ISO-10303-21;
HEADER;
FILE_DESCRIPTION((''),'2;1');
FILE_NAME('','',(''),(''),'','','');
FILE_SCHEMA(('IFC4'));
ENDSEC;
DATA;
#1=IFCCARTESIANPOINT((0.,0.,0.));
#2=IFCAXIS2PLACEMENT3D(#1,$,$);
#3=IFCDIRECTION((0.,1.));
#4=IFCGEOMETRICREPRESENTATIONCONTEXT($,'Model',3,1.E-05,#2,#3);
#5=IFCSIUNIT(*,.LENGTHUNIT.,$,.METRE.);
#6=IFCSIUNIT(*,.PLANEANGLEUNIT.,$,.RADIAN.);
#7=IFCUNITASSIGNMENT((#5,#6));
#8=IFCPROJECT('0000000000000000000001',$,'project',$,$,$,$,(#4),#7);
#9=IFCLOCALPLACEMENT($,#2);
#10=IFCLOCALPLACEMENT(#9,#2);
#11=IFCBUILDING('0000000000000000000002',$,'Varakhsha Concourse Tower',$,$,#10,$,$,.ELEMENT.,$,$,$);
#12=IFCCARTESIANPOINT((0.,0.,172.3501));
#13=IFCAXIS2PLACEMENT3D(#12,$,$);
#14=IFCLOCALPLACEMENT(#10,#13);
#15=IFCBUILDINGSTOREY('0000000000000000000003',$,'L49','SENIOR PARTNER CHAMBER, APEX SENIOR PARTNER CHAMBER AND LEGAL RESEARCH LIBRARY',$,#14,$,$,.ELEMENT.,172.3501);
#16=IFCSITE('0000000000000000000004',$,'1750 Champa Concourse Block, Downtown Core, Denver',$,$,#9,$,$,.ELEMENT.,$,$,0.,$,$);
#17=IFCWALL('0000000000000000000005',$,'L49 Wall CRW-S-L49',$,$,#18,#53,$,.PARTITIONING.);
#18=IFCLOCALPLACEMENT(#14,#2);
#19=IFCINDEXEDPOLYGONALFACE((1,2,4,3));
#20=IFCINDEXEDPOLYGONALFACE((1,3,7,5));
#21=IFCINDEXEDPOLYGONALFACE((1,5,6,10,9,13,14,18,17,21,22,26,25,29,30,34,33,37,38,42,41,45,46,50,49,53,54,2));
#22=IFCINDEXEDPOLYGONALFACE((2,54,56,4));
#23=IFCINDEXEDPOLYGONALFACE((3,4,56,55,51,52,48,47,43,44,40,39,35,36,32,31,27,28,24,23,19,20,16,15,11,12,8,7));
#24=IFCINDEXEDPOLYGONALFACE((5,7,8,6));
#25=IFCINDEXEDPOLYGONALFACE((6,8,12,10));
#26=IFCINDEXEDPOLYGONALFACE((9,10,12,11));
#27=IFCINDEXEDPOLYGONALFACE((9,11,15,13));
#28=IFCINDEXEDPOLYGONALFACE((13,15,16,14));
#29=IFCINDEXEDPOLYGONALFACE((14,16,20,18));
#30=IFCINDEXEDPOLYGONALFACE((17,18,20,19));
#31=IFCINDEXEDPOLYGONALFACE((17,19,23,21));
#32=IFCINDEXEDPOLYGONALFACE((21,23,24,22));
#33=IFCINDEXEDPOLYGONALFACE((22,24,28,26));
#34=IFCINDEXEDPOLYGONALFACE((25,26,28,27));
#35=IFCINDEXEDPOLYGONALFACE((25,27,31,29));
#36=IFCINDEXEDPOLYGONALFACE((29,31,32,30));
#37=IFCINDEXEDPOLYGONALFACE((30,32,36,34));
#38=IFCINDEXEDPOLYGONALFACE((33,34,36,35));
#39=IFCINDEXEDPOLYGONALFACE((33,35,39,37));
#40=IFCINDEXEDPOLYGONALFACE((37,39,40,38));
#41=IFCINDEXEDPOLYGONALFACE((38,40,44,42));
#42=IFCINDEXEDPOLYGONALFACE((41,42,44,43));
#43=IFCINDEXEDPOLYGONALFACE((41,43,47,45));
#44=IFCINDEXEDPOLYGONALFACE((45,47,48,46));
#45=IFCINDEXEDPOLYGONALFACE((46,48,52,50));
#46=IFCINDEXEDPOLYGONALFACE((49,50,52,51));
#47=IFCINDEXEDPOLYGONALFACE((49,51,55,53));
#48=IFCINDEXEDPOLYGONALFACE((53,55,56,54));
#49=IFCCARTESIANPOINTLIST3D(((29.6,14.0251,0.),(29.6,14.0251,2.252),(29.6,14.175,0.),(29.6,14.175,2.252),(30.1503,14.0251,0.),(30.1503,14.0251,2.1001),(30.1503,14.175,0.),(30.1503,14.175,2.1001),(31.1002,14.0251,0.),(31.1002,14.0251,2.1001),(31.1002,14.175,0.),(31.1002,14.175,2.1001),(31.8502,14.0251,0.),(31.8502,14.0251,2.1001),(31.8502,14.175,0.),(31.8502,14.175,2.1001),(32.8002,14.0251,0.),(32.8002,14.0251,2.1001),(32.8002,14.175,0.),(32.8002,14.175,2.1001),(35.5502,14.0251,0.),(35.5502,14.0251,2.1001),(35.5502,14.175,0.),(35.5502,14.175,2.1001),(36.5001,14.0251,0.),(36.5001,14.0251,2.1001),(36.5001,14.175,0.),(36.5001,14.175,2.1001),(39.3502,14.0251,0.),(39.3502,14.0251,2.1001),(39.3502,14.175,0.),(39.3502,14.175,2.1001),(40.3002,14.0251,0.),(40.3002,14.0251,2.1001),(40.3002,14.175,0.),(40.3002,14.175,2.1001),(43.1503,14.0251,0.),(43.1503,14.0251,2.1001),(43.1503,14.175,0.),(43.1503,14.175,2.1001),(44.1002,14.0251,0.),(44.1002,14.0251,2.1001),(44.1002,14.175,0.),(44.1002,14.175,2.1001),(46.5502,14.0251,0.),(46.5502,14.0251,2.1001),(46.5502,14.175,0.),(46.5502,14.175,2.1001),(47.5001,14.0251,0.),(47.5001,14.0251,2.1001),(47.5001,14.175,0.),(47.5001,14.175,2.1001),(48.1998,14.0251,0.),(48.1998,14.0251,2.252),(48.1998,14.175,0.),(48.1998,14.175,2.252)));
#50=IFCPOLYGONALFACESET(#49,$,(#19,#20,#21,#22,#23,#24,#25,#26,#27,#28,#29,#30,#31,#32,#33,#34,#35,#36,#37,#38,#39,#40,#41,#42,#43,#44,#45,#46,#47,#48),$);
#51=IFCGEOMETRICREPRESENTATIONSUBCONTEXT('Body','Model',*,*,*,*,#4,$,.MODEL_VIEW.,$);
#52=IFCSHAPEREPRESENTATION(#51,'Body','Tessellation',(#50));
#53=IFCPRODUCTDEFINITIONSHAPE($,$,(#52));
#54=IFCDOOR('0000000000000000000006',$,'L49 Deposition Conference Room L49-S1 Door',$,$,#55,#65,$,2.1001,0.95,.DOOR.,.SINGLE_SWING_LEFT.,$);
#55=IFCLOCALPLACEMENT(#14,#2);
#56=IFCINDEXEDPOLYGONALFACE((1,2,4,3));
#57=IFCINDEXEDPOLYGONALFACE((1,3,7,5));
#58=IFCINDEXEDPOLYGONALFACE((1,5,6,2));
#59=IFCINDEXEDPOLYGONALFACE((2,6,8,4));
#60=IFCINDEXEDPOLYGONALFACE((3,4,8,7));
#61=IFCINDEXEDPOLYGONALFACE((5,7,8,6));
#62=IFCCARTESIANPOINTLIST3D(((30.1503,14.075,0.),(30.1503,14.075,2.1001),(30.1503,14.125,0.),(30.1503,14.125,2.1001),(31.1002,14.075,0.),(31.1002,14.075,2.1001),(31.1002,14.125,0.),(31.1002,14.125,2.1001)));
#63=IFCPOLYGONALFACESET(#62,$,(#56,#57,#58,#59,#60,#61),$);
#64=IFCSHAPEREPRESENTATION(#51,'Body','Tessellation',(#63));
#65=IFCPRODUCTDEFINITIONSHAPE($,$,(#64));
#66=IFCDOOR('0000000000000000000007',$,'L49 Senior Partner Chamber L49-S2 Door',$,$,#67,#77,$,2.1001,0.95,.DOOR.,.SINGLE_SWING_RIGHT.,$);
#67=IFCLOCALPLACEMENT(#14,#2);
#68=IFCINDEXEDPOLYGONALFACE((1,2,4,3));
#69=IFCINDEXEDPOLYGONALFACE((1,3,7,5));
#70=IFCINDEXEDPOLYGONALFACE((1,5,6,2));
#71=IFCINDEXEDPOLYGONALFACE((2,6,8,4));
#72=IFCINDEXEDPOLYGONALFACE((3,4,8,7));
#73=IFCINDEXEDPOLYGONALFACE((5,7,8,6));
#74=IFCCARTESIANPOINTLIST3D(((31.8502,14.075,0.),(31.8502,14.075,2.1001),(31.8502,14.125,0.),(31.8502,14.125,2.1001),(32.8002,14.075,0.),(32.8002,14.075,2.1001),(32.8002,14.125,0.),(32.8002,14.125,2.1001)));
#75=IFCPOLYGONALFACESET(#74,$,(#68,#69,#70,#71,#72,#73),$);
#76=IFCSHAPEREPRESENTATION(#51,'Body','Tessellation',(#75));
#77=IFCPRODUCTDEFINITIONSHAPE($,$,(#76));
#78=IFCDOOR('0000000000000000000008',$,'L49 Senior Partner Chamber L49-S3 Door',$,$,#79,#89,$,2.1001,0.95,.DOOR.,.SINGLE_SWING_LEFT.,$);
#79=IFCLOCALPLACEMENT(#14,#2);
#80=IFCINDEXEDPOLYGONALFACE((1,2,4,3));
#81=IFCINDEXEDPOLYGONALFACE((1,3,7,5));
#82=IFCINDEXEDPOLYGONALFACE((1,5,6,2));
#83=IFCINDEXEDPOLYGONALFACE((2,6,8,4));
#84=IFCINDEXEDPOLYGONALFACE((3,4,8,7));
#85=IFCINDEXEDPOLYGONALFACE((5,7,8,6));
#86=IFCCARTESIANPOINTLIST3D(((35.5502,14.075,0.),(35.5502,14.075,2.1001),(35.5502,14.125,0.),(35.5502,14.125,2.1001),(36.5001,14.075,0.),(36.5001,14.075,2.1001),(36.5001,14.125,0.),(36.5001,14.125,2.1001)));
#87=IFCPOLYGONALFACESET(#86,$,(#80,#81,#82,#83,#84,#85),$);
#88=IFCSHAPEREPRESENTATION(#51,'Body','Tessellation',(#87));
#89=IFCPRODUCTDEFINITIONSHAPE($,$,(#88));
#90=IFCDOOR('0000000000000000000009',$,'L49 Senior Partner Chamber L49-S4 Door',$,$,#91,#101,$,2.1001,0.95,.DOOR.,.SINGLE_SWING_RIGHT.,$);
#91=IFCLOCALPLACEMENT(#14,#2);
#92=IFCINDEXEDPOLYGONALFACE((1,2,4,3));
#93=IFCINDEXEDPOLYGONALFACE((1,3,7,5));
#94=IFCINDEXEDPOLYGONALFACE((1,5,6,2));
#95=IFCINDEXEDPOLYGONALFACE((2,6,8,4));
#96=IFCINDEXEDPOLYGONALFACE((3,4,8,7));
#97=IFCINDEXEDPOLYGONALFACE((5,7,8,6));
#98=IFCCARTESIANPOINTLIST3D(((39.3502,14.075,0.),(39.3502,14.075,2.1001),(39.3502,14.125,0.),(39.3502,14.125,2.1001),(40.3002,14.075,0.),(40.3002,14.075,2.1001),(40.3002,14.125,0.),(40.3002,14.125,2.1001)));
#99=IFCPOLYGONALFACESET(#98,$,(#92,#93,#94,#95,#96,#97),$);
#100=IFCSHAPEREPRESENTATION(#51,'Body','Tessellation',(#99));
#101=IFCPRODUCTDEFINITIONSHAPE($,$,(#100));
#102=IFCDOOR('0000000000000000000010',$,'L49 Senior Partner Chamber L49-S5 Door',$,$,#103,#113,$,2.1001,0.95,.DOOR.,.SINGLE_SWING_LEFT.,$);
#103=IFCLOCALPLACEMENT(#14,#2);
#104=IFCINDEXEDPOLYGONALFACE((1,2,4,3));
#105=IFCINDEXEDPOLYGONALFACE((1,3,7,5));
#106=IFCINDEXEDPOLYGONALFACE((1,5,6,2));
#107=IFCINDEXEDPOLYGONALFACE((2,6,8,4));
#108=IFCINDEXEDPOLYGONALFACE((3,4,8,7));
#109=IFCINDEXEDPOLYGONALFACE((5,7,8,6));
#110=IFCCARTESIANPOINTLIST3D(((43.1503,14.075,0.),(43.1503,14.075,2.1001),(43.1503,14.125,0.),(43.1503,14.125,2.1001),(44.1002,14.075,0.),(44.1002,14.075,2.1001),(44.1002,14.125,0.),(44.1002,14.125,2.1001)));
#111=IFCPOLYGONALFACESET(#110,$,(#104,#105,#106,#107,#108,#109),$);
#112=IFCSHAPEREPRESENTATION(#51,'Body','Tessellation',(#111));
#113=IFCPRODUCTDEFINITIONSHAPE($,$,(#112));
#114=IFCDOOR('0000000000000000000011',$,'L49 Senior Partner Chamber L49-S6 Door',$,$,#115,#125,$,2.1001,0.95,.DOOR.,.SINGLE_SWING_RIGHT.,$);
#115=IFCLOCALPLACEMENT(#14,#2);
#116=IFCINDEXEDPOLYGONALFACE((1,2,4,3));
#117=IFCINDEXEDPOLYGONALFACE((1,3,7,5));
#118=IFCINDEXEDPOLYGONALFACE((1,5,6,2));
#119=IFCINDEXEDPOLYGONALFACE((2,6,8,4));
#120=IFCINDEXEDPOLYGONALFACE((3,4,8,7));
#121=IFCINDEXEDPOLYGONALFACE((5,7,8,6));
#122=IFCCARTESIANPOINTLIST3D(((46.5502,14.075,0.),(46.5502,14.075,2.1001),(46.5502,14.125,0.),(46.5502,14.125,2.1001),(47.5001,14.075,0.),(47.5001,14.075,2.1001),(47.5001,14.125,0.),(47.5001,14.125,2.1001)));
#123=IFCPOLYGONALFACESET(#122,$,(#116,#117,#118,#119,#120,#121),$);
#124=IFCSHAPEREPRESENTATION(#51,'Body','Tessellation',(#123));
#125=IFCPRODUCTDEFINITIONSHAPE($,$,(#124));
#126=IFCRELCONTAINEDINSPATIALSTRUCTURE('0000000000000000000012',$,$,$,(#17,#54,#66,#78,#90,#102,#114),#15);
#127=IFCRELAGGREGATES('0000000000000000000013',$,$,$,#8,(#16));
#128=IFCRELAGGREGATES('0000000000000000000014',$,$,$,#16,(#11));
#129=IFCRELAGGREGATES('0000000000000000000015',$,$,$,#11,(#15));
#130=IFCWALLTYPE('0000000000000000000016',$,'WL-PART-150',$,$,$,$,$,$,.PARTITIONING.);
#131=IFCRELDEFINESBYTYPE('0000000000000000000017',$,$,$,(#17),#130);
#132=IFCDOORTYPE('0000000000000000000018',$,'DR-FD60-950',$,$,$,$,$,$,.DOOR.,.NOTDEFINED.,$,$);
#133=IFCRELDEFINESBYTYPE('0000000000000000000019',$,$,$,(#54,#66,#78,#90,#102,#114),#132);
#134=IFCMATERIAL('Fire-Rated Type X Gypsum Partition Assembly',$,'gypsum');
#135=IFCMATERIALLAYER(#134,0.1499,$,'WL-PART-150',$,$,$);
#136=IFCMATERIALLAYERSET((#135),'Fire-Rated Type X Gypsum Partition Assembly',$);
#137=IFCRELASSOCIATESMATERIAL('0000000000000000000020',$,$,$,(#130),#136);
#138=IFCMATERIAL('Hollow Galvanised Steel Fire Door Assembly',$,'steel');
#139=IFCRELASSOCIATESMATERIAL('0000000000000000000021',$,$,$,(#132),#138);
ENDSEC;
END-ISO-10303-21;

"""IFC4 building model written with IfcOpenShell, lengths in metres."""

from ifc_helpers import new_model, si_unit, direction, frame, frame_2d, origin, place, context, subcontext, project, spatial, rectangle, extrude, material, layer, layer_set, type_object, element, fill, save


model = new_model("IFC4")

# Units and contexts
model_context = context("Model", 3, precision=1e-05, world=origin(), true_north=direction((0.0, 1.0)))
body_context = subcontext(model_context, "Body", "Model", "MODEL_VIEW")
ifc_project = project(units=[si_unit("LENGTHUNIT", "METRE"), si_unit("PLANEANGLEUNIT", "RADIAN")], contexts=[model_context])

# Site, building, storey
site_placement = place(None, origin())
site = spatial("IfcSite", under=ifc_project, at=site_placement, Name="1750 Champa Concourse Block, Downtown Core, Denver", CompositionType="ELEMENT", RefElevation=0.0)
building_placement = place(site_placement, origin())
building = spatial("IfcBuilding", under=site, at=building_placement, Name="Varakhsha Concourse Tower", CompositionType="ELEMENT")
storey_placement = place(building_placement, frame((0.0, 0.0, 172.3501)))
storey = spatial("IfcBuildingStorey", under=building, at=storey_placement, Name="L49", Description="SENIOR PARTNER CHAMBER, APEX SENIOR PARTNER CHAMBER AND LEGAL RESEARCH LIBRARY", CompositionType="ELEMENT", Elevation=172.3501)

# Wall, openings, doors
ifc_material_1 = material(Name="Fire-Rated Type X Gypsum Partition Assembly", Category="gypsum")
ifc_layer_1 = layer(ifc_material_1, 0.1499, Name="WL-PART-150")
ifc_layer_set_1 = layer_set([ifc_layer_1], Name="Fire-Rated Type X Gypsum Partition Assembly")
wall_type = type_object("IfcWallType", Name="WL-PART-150", PredefinedType="PARTITIONING", material=ifc_layer_set_1)
wall_1_placement = place(storey_placement, frame((29.6001, 14.1001, 0.0), z_axis=(0.0, 0.0, 1.0), x_axis=(1.0, 0.0, 0.0)))
wall_1 = element("IfcWall", 1, at=wall_1_placement, inside=storey, type_object=wall_type, Name="L49 Wall CRW-S-L49", PredefinedType="PARTITIONING", context=body_context, shape_type="SweptSolid", body=[
    extrude(rectangle(XDim=18.5999, YDim=0.1499, at=frame_2d((9.2998, 0.0))), origin(), (0.0, 0.0, 1.0), 2.252),
])
opening_1_placement = place(wall_1_placement, frame((0.55, 0.0, 0.0)))
opening_1 = element("IfcOpeningElement", 2, at=opening_1_placement, cuts=wall_1, PredefinedType="OPENING", context=body_context, shape_type="SweptSolid", body=[
    extrude(rectangle(XDim=0.95, YDim=2.1001, at=frame_2d((0.4751, 1.05))), frame((0.0, 0.085, 0.0), z_axis=(0.0, -1.0, 0.0), x_axis=(1.0, 0.0, 0.0)), (0.0, 0.0, 1.0), 0.1699),
])
opening_2_placement = place(wall_1_placement, frame((2.25, 0.0, 0.0)))
opening_2 = element("IfcOpeningElement", 3, at=opening_2_placement, cuts=wall_1, PredefinedType="OPENING", context=body_context, shape_type="SweptSolid", body=[
    extrude(rectangle(XDim=0.95, YDim=2.1001, at=frame_2d((0.4751, 1.05))), frame((0.0, 0.085, 0.0), z_axis=(0.0, -1.0, 0.0), x_axis=(1.0, 0.0, 0.0)), (0.0, 0.0, 1.0), 0.1699),
])
opening_3_placement = place(wall_1_placement, frame((5.95, 0.0, 0.0)))
opening_3 = element("IfcOpeningElement", 4, at=opening_3_placement, cuts=wall_1, PredefinedType="OPENING", context=body_context, shape_type="SweptSolid", body=[
    extrude(rectangle(XDim=0.95, YDim=2.1001, at=frame_2d((0.4751, 1.05))), frame((0.0, 0.085, 0.0), z_axis=(0.0, -1.0, 0.0), x_axis=(1.0, 0.0, 0.0)), (0.0, 0.0, 1.0), 0.1699),
])
opening_4_placement = place(wall_1_placement, frame((9.75, 0.0, 0.0)))
opening_4 = element("IfcOpeningElement", 5, at=opening_4_placement, cuts=wall_1, PredefinedType="OPENING", context=body_context, shape_type="SweptSolid", body=[
    extrude(rectangle(XDim=0.95, YDim=2.1001, at=frame_2d((0.4751, 1.05))), frame((0.0, 0.085, 0.0), z_axis=(0.0, -1.0, 0.0), x_axis=(1.0, 0.0, 0.0)), (0.0, 0.0, 1.0), 0.1699),
])
opening_5_placement = place(wall_1_placement, frame((13.55, 0.0, 0.0)))
opening_5 = element("IfcOpeningElement", 6, at=opening_5_placement, cuts=wall_1, PredefinedType="OPENING", context=body_context, shape_type="SweptSolid", body=[
    extrude(rectangle(XDim=0.95, YDim=2.1001, at=frame_2d((0.4751, 1.05))), frame((0.0, 0.085, 0.0), z_axis=(0.0, -1.0, 0.0), x_axis=(1.0, 0.0, 0.0)), (0.0, 0.0, 1.0), 0.1699),
])
opening_6_placement = place(wall_1_placement, frame((16.95, 0.0, 0.0)))
opening_6 = element("IfcOpeningElement", 7, at=opening_6_placement, cuts=wall_1, PredefinedType="OPENING", context=body_context, shape_type="SweptSolid", body=[
    extrude(rectangle(XDim=0.95, YDim=2.1001, at=frame_2d((0.4751, 1.05))), frame((0.0, 0.085, 0.0), z_axis=(0.0, -1.0, 0.0), x_axis=(1.0, 0.0, 0.0)), (0.0, 0.0, 1.0), 0.1699),
])
ifc_material_2 = material(Name="Hollow Galvanised Steel Fire Door Assembly", Category="steel")
door_type_1 = type_object("IfcDoorType", Name="DR-FD60-950", OperationType="NOTDEFINED", PredefinedType="DOOR", material=ifc_material_2)
door_1_placement = place(opening_1_placement, origin())
door_1 = element("IfcDoor", 8, at=door_1_placement, inside=storey, type_object=door_type_1, Name="L49 Deposition Conference Room L49-S1 Door", OperationType="SINGLE_SWING_LEFT", OverallHeight=2.1001, OverallWidth=0.95, PredefinedType="DOOR", context=body_context, shape_type="SweptSolid", body=[
    extrude(rectangle(XDim=0.95, YDim=2.1001, at=frame_2d((0.4751, 1.05))), frame((0.0, 0.0249, 0.0), z_axis=(0.0, -1.0, 0.0), x_axis=(1.0, 0.0, 0.0)), (0.0, 0.0, 1.0), 0.05),
])
fill(opening_1, door_1)
door_2_placement = place(opening_2_placement, origin())
door_2 = element("IfcDoor", 9, at=door_2_placement, inside=storey, type_object=door_type_1, Name="L49 Senior Partner Chamber L49-S2 Door", OperationType="SINGLE_SWING_RIGHT", OverallHeight=2.1001, OverallWidth=0.95, PredefinedType="DOOR", context=body_context, shape_type="SweptSolid", body=[
    extrude(rectangle(XDim=0.95, YDim=2.1001, at=frame_2d((0.4751, 1.05))), frame((0.0, 0.0249, 0.0), z_axis=(0.0, -1.0, 0.0), x_axis=(1.0, 0.0, 0.0)), (0.0, 0.0, 1.0), 0.05),
])
fill(opening_2, door_2)
door_3_placement = place(opening_3_placement, origin())
door_3 = element("IfcDoor", 10, at=door_3_placement, inside=storey, type_object=door_type_1, Name="L49 Senior Partner Chamber L49-S3 Door", OperationType="SINGLE_SWING_LEFT", OverallHeight=2.1001, OverallWidth=0.95, PredefinedType="DOOR", context=body_context, shape_type="SweptSolid", body=[
    extrude(rectangle(XDim=0.95, YDim=2.1001, at=frame_2d((0.4751, 1.05))), frame((0.0, 0.0249, 0.0), z_axis=(0.0, -1.0, 0.0), x_axis=(1.0, 0.0, 0.0)), (0.0, 0.0, 1.0), 0.05),
])
fill(opening_3, door_3)
door_4_placement = place(opening_4_placement, origin())
door_4 = element("IfcDoor", 11, at=door_4_placement, inside=storey, type_object=door_type_1, Name="L49 Senior Partner Chamber L49-S4 Door", OperationType="SINGLE_SWING_RIGHT", OverallHeight=2.1001, OverallWidth=0.95, PredefinedType="DOOR", context=body_context, shape_type="SweptSolid", body=[
    extrude(rectangle(XDim=0.95, YDim=2.1001, at=frame_2d((0.4751, 1.05))), frame((0.0, 0.0249, 0.0), z_axis=(0.0, -1.0, 0.0), x_axis=(1.0, 0.0, 0.0)), (0.0, 0.0, 1.0), 0.05),
])
fill(opening_4, door_4)
door_5_placement = place(opening_5_placement, origin())
door_5 = element("IfcDoor", 12, at=door_5_placement, inside=storey, type_object=door_type_1, Name="L49 Senior Partner Chamber L49-S5 Door", OperationType="SINGLE_SWING_LEFT", OverallHeight=2.1001, OverallWidth=0.95, PredefinedType="DOOR", context=body_context, shape_type="SweptSolid", body=[
    extrude(rectangle(XDim=0.95, YDim=2.1001, at=frame_2d((0.4751, 1.05))), frame((0.0, 0.0249, 0.0), z_axis=(0.0, -1.0, 0.0), x_axis=(1.0, 0.0, 0.0)), (0.0, 0.0, 1.0), 0.05),
])
fill(opening_5, door_5)
door_6_placement = place(opening_6_placement, origin())
door_6 = element("IfcDoor", 13, at=door_6_placement, inside=storey, type_object=door_type_1, Name="L49 Senior Partner Chamber L49-S6 Door", OperationType="SINGLE_SWING_RIGHT", OverallHeight=2.1001, OverallWidth=0.95, PredefinedType="DOOR", context=body_context, shape_type="SweptSolid", body=[
    extrude(rectangle(XDim=0.95, YDim=2.1001, at=frame_2d((0.4751, 1.05))), frame((0.0, 0.0249, 0.0), z_axis=(0.0, -1.0, 0.0), x_axis=(1.0, 0.0, 0.0)), (0.0, 0.0, 1.0), 0.05),
])
fill(opening_6, door_6)

save(model, "model.ifc")
